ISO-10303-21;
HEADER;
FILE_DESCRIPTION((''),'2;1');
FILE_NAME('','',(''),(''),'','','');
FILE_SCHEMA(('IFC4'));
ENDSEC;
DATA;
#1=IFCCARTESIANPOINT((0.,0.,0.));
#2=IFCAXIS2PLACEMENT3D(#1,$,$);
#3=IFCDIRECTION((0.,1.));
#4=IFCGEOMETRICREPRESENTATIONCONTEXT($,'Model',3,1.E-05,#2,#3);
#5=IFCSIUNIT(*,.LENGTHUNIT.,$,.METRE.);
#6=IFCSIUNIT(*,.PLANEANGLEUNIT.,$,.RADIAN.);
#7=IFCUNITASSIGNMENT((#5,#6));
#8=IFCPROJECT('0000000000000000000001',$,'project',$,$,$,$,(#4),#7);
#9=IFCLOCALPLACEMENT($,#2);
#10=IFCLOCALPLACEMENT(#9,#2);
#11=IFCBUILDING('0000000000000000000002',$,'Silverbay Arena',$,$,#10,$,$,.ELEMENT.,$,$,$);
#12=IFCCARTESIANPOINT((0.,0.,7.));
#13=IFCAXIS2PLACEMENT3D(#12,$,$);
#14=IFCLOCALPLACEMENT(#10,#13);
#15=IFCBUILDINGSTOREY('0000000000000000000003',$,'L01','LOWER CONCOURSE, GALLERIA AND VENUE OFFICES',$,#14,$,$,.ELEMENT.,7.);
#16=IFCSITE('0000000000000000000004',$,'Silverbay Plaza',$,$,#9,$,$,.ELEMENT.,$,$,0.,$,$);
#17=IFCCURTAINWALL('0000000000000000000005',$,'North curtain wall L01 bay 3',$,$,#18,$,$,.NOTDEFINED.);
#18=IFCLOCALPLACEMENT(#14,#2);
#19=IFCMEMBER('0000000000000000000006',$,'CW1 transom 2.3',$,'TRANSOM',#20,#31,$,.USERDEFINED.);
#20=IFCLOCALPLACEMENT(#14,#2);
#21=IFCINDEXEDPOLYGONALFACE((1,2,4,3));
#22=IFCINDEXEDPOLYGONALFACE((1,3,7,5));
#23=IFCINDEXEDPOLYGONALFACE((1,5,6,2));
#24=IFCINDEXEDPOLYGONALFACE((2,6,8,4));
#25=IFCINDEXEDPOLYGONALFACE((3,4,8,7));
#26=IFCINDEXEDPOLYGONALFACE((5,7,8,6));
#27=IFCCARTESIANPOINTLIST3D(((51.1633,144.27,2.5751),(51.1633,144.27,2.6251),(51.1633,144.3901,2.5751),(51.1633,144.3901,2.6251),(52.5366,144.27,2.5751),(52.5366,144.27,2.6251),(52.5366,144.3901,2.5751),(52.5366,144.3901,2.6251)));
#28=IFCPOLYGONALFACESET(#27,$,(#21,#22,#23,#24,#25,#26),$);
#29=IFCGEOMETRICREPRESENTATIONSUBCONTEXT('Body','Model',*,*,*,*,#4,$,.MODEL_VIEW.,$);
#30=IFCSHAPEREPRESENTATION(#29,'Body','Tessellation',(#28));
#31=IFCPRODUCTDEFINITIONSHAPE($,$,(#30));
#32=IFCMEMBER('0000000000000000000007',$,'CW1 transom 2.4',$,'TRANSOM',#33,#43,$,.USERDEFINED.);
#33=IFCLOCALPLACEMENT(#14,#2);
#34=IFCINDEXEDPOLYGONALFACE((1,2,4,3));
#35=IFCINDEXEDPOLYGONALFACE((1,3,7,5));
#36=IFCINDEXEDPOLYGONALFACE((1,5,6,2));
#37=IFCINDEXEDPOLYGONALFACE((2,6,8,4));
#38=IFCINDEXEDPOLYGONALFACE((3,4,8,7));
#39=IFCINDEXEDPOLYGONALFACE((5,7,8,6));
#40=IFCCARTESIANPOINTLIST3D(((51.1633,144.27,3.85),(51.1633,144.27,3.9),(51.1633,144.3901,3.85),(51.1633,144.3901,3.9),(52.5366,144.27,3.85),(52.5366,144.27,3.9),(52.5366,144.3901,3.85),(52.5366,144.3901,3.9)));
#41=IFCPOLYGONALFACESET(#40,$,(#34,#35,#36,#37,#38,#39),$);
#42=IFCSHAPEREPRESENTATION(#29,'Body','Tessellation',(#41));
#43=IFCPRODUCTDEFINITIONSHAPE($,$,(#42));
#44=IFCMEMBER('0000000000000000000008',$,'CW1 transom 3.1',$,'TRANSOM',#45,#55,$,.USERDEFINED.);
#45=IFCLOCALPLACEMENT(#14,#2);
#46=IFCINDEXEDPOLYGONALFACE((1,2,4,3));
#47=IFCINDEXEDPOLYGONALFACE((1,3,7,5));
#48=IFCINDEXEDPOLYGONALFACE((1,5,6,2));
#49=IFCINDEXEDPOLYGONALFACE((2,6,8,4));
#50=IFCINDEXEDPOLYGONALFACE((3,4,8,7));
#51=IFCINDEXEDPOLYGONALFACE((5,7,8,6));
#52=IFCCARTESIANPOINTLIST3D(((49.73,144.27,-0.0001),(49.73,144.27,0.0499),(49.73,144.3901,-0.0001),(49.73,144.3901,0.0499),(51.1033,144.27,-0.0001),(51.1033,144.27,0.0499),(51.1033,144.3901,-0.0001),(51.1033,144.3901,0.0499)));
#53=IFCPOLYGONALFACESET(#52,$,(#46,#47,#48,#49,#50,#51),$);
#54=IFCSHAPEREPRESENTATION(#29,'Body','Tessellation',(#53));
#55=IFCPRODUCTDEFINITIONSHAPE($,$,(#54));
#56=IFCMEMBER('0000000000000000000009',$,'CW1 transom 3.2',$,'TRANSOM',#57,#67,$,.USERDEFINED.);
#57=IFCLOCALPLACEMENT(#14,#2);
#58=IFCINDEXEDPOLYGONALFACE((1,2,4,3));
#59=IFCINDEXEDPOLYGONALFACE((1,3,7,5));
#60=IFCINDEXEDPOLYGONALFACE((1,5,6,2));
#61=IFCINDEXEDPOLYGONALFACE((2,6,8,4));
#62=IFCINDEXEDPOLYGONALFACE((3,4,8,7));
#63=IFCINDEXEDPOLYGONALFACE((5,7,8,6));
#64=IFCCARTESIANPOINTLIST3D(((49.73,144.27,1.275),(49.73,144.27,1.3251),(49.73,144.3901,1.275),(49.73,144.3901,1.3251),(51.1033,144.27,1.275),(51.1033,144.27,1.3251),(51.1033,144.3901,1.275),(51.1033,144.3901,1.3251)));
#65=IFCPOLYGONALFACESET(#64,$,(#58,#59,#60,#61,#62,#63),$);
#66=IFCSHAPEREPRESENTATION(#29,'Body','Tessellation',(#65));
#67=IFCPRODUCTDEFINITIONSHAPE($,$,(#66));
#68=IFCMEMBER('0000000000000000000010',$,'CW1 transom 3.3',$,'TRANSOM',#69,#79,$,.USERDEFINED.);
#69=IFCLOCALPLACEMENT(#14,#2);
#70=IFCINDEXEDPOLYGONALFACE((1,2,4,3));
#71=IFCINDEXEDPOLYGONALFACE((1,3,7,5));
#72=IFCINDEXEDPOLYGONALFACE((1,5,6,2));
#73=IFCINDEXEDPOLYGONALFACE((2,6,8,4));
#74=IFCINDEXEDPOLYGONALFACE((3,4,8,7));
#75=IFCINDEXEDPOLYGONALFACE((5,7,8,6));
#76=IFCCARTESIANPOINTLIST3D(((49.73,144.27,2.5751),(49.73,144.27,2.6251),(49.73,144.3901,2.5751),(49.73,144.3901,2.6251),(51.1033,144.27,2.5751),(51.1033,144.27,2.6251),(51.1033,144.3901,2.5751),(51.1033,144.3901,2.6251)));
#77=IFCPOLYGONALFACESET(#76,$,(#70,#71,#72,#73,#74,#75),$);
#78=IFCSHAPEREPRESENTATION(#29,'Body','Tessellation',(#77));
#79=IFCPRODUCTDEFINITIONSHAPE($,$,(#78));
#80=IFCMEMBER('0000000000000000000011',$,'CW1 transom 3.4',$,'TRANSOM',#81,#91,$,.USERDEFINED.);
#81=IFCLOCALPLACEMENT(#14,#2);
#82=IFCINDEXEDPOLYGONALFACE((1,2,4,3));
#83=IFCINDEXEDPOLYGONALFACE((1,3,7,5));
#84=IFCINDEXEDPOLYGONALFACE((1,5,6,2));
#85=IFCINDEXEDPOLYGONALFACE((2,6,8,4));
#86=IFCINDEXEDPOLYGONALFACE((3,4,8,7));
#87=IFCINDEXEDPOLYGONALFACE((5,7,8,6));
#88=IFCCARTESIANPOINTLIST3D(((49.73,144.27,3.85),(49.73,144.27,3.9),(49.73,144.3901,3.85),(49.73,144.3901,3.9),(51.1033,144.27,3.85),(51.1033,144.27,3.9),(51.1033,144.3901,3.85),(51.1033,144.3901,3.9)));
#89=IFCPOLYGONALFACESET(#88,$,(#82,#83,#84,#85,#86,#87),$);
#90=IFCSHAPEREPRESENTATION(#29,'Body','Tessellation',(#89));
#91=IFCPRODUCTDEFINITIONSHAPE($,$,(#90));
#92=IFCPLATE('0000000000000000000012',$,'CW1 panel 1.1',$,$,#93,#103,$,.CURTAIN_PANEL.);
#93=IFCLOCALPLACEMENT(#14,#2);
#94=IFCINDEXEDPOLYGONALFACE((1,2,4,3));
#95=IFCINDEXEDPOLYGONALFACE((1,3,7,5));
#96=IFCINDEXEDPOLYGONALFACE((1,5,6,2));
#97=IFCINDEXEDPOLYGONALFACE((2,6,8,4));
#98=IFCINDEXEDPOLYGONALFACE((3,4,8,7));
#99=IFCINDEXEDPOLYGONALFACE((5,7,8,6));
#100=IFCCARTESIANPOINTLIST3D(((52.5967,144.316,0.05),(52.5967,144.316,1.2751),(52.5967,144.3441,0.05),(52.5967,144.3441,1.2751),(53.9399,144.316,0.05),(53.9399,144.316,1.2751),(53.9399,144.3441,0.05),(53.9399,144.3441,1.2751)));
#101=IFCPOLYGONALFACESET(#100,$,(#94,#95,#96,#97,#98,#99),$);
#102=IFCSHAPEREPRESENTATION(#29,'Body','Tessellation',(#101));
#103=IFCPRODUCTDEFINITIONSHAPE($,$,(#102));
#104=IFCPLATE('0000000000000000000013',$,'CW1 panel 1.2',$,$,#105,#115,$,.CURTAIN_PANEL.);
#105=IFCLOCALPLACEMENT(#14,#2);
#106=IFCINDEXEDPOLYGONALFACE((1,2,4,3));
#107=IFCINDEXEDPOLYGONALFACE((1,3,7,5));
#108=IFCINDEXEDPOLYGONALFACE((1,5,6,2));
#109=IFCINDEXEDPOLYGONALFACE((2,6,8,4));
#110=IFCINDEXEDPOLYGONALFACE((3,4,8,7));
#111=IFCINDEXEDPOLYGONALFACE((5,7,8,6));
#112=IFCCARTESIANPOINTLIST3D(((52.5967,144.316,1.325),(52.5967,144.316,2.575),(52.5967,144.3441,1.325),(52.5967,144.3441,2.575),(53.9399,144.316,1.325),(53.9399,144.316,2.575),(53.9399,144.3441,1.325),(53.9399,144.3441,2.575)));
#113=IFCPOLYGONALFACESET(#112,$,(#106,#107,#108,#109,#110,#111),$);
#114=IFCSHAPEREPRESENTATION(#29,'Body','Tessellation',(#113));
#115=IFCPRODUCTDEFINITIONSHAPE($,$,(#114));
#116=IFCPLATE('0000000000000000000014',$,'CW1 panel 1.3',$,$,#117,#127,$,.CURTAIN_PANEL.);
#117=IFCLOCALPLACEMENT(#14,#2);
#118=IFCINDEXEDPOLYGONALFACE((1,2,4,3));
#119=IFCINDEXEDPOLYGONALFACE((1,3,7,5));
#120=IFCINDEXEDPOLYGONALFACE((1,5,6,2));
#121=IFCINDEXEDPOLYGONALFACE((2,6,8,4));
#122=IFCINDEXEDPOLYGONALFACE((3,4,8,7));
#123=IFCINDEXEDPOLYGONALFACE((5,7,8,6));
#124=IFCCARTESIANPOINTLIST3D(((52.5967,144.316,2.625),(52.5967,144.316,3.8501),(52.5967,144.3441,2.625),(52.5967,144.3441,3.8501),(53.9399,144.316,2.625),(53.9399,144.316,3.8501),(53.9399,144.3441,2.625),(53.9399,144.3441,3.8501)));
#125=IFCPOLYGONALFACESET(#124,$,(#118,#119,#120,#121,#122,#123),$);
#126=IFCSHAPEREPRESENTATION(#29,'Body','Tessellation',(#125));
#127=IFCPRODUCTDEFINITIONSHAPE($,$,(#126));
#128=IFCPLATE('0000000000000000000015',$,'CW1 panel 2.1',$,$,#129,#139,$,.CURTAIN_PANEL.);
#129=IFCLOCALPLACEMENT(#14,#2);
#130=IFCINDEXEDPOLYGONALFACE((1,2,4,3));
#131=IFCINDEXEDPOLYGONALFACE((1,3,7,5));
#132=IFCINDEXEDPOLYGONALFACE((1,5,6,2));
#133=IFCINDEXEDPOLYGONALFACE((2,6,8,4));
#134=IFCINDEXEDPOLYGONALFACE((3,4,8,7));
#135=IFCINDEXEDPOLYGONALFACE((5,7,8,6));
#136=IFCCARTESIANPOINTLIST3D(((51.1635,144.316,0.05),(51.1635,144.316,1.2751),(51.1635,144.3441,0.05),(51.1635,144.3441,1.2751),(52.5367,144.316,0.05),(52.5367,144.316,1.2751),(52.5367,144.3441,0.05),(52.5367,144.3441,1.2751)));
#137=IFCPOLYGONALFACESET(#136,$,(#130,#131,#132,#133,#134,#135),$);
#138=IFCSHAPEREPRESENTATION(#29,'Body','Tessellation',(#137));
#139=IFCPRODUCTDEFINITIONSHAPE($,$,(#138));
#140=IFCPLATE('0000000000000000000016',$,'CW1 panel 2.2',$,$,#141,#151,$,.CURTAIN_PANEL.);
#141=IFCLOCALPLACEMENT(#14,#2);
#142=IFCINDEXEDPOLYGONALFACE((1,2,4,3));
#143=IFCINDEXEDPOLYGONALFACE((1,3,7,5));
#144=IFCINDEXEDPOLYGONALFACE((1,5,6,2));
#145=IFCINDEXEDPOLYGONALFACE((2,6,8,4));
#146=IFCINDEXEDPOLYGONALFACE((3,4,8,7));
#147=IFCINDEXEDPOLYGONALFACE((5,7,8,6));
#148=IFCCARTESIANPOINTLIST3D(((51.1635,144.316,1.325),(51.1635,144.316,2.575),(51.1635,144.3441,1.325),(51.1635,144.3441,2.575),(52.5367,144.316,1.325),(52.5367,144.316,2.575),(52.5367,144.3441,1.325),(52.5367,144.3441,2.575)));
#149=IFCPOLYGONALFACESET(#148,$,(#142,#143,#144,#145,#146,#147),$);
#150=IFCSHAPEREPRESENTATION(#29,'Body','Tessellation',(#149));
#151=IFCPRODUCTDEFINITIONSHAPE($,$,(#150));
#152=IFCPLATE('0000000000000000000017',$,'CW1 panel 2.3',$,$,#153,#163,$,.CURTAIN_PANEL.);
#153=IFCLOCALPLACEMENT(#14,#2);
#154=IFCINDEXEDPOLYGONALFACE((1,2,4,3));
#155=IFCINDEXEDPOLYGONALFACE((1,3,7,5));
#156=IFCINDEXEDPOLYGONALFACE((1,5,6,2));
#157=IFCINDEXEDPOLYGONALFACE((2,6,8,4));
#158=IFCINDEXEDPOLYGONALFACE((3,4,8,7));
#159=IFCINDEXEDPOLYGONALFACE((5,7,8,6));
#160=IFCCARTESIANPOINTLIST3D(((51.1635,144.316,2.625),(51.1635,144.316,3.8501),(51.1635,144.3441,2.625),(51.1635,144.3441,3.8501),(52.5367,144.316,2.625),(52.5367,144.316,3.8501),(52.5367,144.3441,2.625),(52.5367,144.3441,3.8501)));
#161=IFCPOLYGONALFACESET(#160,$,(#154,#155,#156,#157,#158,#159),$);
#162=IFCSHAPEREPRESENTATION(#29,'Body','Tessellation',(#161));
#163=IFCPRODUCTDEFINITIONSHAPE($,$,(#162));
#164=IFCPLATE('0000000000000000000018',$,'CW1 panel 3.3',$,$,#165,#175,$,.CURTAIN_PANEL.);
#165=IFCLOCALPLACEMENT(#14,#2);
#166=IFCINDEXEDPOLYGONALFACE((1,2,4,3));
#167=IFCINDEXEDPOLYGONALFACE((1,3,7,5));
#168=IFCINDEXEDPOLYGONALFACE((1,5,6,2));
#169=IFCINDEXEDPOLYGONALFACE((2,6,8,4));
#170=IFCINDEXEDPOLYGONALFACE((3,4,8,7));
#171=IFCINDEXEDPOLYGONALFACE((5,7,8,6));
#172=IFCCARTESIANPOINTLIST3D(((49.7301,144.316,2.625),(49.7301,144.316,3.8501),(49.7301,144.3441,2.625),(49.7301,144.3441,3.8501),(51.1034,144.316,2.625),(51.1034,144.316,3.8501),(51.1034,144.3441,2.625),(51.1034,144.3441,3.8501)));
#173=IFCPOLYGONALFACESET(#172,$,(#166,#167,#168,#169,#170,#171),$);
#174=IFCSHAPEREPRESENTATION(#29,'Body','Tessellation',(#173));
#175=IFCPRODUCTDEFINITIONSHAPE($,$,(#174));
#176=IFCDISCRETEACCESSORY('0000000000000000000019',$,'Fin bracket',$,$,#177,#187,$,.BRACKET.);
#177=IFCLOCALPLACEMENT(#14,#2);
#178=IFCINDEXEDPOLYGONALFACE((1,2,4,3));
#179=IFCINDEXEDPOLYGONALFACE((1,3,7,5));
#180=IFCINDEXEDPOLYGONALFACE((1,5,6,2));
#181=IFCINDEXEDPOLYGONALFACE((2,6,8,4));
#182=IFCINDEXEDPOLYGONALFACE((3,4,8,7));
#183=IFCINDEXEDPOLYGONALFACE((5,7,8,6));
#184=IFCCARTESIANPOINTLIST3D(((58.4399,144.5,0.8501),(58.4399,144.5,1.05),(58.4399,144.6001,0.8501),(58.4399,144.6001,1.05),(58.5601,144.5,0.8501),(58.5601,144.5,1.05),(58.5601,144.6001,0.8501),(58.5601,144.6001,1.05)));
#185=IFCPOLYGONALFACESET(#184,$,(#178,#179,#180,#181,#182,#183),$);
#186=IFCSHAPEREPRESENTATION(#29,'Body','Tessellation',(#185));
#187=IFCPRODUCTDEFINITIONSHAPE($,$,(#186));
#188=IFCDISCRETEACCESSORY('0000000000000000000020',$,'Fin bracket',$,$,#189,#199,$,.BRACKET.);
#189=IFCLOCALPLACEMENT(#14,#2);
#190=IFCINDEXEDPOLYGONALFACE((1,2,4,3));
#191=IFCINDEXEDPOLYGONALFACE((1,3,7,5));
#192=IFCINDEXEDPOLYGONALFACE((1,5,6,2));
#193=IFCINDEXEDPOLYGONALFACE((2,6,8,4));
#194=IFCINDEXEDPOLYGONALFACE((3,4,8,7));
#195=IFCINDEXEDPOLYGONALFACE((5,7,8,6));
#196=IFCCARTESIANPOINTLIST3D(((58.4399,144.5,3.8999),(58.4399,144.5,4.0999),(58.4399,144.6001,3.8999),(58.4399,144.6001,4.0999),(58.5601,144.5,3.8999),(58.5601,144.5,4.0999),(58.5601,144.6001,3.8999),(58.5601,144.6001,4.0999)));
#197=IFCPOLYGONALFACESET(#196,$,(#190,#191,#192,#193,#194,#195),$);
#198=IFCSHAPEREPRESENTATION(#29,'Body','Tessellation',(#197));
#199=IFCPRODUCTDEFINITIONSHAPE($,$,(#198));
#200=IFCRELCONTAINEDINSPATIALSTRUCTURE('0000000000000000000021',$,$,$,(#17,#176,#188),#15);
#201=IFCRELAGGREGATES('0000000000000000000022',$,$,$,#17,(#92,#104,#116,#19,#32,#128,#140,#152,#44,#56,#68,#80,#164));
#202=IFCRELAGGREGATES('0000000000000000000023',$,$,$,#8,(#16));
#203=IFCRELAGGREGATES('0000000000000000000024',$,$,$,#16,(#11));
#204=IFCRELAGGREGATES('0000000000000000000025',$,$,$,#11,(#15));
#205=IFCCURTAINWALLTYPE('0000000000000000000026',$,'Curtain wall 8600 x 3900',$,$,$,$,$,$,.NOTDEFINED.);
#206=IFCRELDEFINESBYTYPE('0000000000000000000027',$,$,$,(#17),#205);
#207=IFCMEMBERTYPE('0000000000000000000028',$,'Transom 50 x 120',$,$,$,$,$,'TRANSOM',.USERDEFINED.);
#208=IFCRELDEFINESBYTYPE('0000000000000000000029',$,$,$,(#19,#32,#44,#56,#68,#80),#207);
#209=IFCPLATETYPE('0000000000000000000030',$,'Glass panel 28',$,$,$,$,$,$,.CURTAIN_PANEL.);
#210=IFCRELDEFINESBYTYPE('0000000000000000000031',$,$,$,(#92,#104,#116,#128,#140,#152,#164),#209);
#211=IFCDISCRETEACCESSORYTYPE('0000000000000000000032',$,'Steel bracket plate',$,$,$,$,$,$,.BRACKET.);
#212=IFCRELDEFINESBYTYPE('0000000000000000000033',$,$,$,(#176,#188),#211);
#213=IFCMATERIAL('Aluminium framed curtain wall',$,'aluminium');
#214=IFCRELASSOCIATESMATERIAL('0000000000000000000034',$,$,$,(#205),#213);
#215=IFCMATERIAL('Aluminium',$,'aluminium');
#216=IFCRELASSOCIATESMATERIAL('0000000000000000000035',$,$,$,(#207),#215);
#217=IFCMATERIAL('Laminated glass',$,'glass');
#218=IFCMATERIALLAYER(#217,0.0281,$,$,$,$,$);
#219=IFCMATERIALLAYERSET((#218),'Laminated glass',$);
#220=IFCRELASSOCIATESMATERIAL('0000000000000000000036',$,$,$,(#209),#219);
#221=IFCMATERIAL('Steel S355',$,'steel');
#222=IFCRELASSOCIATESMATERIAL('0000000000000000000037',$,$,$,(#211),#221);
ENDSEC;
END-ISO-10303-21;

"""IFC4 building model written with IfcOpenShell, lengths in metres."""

from ifc_helpers import new_model, si_unit, direction, frame, origin, origin_2d, place, context, subcontext, project, spatial, rectangle, extrude, material, layer, layer_set, material_profile, profile_set, type_object, element, aggregate, save


model = new_model("IFC4")

# Units and contexts
model_context = context("Model", 3, precision=1e-05, world=origin(), true_north=direction((0.0, 1.0)))
body_context = subcontext(model_context, "Body", "Model", "MODEL_VIEW")
ifc_project = project(units=[si_unit("LENGTHUNIT", "METRE"), si_unit("PLANEANGLEUNIT", "RADIAN")], contexts=[model_context])

# Site, building, storey
site_placement = place(None, origin())
site = spatial("IfcSite", under=ifc_project, at=site_placement, Name="Silverbay Plaza", CompositionType="ELEMENT", RefElevation=0.0)
building_placement = place(site_placement, origin())
building = spatial("IfcBuilding", under=site, at=building_placement, Name="Silverbay Arena", CompositionType="ELEMENT")
storey_placement = place(building_placement, frame((0.0, 0.0, 7.0)))
storey = spatial("IfcBuildingStorey", under=building, at=storey_placement, Name="L01", Description="LOWER CONCOURSE, GALLERIA AND VENUE OFFICES", CompositionType="ELEMENT", Elevation=7.0)

# Curtain wall
ifc_material_1 = material(Name="Aluminium framed curtain wall", Category="aluminium")
curtain_wall_type = type_object("IfcCurtainWallType", Name="Curtain wall 8600 x 3900", PredefinedType="NOTDEFINED", material=ifc_material_1)
curtain_wall_placement = place(storey_placement, origin())
curtain_wall = element("IfcCurtainWall", 1, at=curtain_wall_placement, inside=storey, type_object=curtain_wall_type, Name="North curtain wall L01 bay 3", PredefinedType="NOTDEFINED")

# Members
ifc_material_2 = material(Name="Aluminium", Category="aluminium")
ifc_material_profile_1 = material_profile(ifc_material_2, rectangle(XDim=0.1201, YDim=0.05, at=origin_2d()), Name="Transom 50 x 120")
ifc_profile_set_1 = profile_set([ifc_material_profile_1], Name="Aluminium")
member_type_1 = type_object("IfcMemberType", Name="Transom 50 x 120", ElementType="TRANSOM", PredefinedType="USERDEFINED", material=ifc_profile_set_1)
member_1_placement = place(storey_placement, frame((52.5366, 144.3301, 2.6001), z_axis=(-1.0, 0.0, 0.0), x_axis=(0.0, -1.0, 0.0)))
member_1 = element("IfcMember", 2, at=member_1_placement, type_object=member_type_1, Name="CW1 transom 2.3", ObjectType="TRANSOM", PredefinedType="USERDEFINED", context=body_context, shape_type="SweptSolid", body=[
    extrude(rectangle(XDim=0.1201, YDim=0.05, at=origin_2d()), origin(), (0.0, 0.0, 1.0), 1.3733),
])
member_2_placement = place(storey_placement, frame((52.5366, 144.3301, 3.875), z_axis=(-1.0, 0.0, 0.0), x_axis=(0.0, -1.0, 0.0)))
member_2 = element("IfcMember", 3, at=member_2_placement, type_object=member_type_1, Name="CW1 transom 2.4", ObjectType="TRANSOM", PredefinedType="USERDEFINED", context=body_context, shape_type="SweptSolid", body=[
    extrude(rectangle(XDim=0.1201, YDim=0.05, at=origin_2d()), origin(), (0.0, 0.0, 1.0), 1.3733),
])
member_3_placement = place(storey_placement, frame((51.1033, 144.3301, 0.0249), z_axis=(-1.0, 0.0, 0.0), x_axis=(0.0, -1.0, 0.0)))
member_3 = element("IfcMember", 4, at=member_3_placement, type_object=member_type_1, Name="CW1 transom 3.1", ObjectType="TRANSOM", PredefinedType="USERDEFINED", context=body_context, shape_type="SweptSolid", body=[
    extrude(rectangle(XDim=0.1201, YDim=0.05, at=origin_2d()), origin(), (0.0, 0.0, 1.0), 1.3733),
])
member_4_placement = place(storey_placement, frame((51.1033, 144.3301, 1.3), z_axis=(-1.0, 0.0, 0.0), x_axis=(0.0, -1.0, 0.0)))
member_4 = element("IfcMember", 5, at=member_4_placement, type_object=member_type_1, Name="CW1 transom 3.2", ObjectType="TRANSOM", PredefinedType="USERDEFINED", context=body_context, shape_type="SweptSolid", body=[
    extrude(rectangle(XDim=0.1201, YDim=0.05, at=origin_2d()), origin(), (0.0, 0.0, 1.0), 1.3733),
])
member_5_placement = place(storey_placement, frame((51.1033, 144.3301, 2.6001), z_axis=(-1.0, 0.0, 0.0), x_axis=(0.0, -1.0, 0.0)))
member_5 = element("IfcMember", 6, at=member_5_placement, type_object=member_type_1, Name="CW1 transom 3.3", ObjectType="TRANSOM", PredefinedType="USERDEFINED", context=body_context, shape_type="SweptSolid", body=[
    extrude(rectangle(XDim=0.1201, YDim=0.05, at=origin_2d()), origin(), (0.0, 0.0, 1.0), 1.3733),
])
member_6_placement = place(storey_placement, frame((51.1033, 144.3301, 3.875), z_axis=(-1.0, 0.0, 0.0), x_axis=(0.0, -1.0, 0.0)))
member_6 = element("IfcMember", 7, at=member_6_placement, type_object=member_type_1, Name="CW1 transom 3.4", ObjectType="TRANSOM", PredefinedType="USERDEFINED", context=body_context, shape_type="SweptSolid", body=[
    extrude(rectangle(XDim=0.1201, YDim=0.05, at=origin_2d()), origin(), (0.0, 0.0, 1.0), 1.3733),
])

# Plates
ifc_material_3 = material(Name="Laminated glass", Category="glass")
ifc_layer = layer(ifc_material_3, 0.0281)
ifc_layer_set = layer_set([ifc_layer], Name="Laminated glass")
plate_type = type_object("IfcPlateType", Name="Glass panel 28", PredefinedType="CURTAIN_PANEL", material=ifc_layer_set)
plate_1_placement = place(storey_placement, frame((53.2683, 144.3301, 0.05), z_axis=(0.0, 0.0, 1.0), x_axis=(-1.0, 0.0, 0.0)))
plate_1 = element("IfcPlate", 8, at=plate_1_placement, type_object=plate_type, Name="CW1 panel 1.1", PredefinedType="CURTAIN_PANEL", context=body_context, shape_type="SweptSolid", body=[
    extrude(rectangle(XDim=1.3433, YDim=0.0281, at=origin_2d()), origin(), (0.0, 0.0, 1.0), 1.2251),
])
plate_2_placement = place(storey_placement, frame((53.2683, 144.3301, 1.325), z_axis=(0.0, 0.0, 1.0), x_axis=(-1.0, 0.0, 0.0)))
plate_2 = element("IfcPlate", 9, at=plate_2_placement, type_object=plate_type, Name="CW1 panel 1.2", PredefinedType="CURTAIN_PANEL", context=body_context, shape_type="SweptSolid", body=[
    extrude(rectangle(XDim=1.3433, YDim=0.0281, at=origin_2d()), origin(), (0.0, 0.0, 1.0), 1.25),
])
plate_3_placement = place(storey_placement, frame((53.2683, 144.3301, 2.625), z_axis=(0.0, 0.0, 1.0), x_axis=(-1.0, 0.0, 0.0)))
plate_3 = element("IfcPlate", 10, at=plate_3_placement, type_object=plate_type, Name="CW1 panel 1.3", PredefinedType="CURTAIN_PANEL", context=body_context, shape_type="SweptSolid", body=[
    extrude(rectangle(XDim=1.3433, YDim=0.0281, at=origin_2d()), origin(), (0.0, 0.0, 1.0), 1.2251),
])
plate_4_placement = place(storey_placement, frame((51.8501, 144.3301, 0.05), z_axis=(0.0, 0.0, 1.0), x_axis=(-1.0, 0.0, 0.0)))
plate_4 = element("IfcPlate", 11, at=plate_4_placement, type_object=plate_type, Name="CW1 panel 2.1", PredefinedType="CURTAIN_PANEL", context=body_context, shape_type="SweptSolid", body=[
    extrude(rectangle(XDim=1.3733, YDim=0.0281, at=origin_2d()), origin(), (0.0, 0.0, 1.0), 1.2251),
])
plate_5_placement = place(storey_placement, frame((51.8501, 144.3301, 1.325), z_axis=(0.0, 0.0, 1.0), x_axis=(-1.0, 0.0, 0.0)))
plate_5 = element("IfcPlate", 12, at=plate_5_placement, type_object=plate_type, Name="CW1 panel 2.2", PredefinedType="CURTAIN_PANEL", context=body_context, shape_type="SweptSolid", body=[
    extrude(rectangle(XDim=1.3733, YDim=0.0281, at=origin_2d()), origin(), (0.0, 0.0, 1.0), 1.25),
])
plate_6_placement = place(storey_placement, frame((51.8501, 144.3301, 2.625), z_axis=(0.0, 0.0, 1.0), x_axis=(-1.0, 0.0, 0.0)))
plate_6 = element("IfcPlate", 13, at=plate_6_placement, type_object=plate_type, Name="CW1 panel 2.3", PredefinedType="CURTAIN_PANEL", context=body_context, shape_type="SweptSolid", body=[
    extrude(rectangle(XDim=1.3733, YDim=0.0281, at=origin_2d()), origin(), (0.0, 0.0, 1.0), 1.2251),
])
plate_7_placement = place(storey_placement, frame((50.4167, 144.3301, 2.625), z_axis=(0.0, 0.0, 1.0), x_axis=(-1.0, 0.0, 0.0)))
plate_7 = element("IfcPlate", 14, at=plate_7_placement, type_object=plate_type, Name="CW1 panel 3.3", PredefinedType="CURTAIN_PANEL", context=body_context, shape_type="SweptSolid", body=[
    extrude(rectangle(XDim=1.3733, YDim=0.0281, at=origin_2d()), origin(), (0.0, 0.0, 1.0), 1.2251),
])
aggregate(curtain_wall, [plate_1, plate_2, plate_3, member_1, member_2, plate_4, plate_5, plate_6, member_3, member_4, member_5, member_6, plate_7])

# Discrete accessories
ifc_material_4 = material(Name="Steel S355", Category="steel")
discrete_accessory_type = type_object("IfcDiscreteAccessoryType", Name="Steel bracket plate", PredefinedType="BRACKET", material=ifc_material_4)
for number, where, z_axis, x_axis, name in (
    (15, (58.5, 144.55, 0.8501), (0.0, 0.0, 1.0), (1.0, 0.0, 0.0), "Fin bracket"),
    (16, (58.5, 144.55, 3.8999), (0.0, 0.0, 1.0), (1.0, 0.0, 0.0), "Fin bracket"),
):
    element("IfcDiscreteAccessory", number, at=place(storey_placement, frame(where, z_axis=z_axis, x_axis=x_axis)), inside=storey, type_object=discrete_accessory_type, Name=name, PredefinedType="BRACKET", context=body_context, shape_type="SweptSolid", body=[
        extrude(rectangle(XDim=0.1201, YDim=0.1001, at=origin_2d()), origin(), (0.0, 0.0, 1.0), 0.2),
    ])

save(model, "model.ifc")
